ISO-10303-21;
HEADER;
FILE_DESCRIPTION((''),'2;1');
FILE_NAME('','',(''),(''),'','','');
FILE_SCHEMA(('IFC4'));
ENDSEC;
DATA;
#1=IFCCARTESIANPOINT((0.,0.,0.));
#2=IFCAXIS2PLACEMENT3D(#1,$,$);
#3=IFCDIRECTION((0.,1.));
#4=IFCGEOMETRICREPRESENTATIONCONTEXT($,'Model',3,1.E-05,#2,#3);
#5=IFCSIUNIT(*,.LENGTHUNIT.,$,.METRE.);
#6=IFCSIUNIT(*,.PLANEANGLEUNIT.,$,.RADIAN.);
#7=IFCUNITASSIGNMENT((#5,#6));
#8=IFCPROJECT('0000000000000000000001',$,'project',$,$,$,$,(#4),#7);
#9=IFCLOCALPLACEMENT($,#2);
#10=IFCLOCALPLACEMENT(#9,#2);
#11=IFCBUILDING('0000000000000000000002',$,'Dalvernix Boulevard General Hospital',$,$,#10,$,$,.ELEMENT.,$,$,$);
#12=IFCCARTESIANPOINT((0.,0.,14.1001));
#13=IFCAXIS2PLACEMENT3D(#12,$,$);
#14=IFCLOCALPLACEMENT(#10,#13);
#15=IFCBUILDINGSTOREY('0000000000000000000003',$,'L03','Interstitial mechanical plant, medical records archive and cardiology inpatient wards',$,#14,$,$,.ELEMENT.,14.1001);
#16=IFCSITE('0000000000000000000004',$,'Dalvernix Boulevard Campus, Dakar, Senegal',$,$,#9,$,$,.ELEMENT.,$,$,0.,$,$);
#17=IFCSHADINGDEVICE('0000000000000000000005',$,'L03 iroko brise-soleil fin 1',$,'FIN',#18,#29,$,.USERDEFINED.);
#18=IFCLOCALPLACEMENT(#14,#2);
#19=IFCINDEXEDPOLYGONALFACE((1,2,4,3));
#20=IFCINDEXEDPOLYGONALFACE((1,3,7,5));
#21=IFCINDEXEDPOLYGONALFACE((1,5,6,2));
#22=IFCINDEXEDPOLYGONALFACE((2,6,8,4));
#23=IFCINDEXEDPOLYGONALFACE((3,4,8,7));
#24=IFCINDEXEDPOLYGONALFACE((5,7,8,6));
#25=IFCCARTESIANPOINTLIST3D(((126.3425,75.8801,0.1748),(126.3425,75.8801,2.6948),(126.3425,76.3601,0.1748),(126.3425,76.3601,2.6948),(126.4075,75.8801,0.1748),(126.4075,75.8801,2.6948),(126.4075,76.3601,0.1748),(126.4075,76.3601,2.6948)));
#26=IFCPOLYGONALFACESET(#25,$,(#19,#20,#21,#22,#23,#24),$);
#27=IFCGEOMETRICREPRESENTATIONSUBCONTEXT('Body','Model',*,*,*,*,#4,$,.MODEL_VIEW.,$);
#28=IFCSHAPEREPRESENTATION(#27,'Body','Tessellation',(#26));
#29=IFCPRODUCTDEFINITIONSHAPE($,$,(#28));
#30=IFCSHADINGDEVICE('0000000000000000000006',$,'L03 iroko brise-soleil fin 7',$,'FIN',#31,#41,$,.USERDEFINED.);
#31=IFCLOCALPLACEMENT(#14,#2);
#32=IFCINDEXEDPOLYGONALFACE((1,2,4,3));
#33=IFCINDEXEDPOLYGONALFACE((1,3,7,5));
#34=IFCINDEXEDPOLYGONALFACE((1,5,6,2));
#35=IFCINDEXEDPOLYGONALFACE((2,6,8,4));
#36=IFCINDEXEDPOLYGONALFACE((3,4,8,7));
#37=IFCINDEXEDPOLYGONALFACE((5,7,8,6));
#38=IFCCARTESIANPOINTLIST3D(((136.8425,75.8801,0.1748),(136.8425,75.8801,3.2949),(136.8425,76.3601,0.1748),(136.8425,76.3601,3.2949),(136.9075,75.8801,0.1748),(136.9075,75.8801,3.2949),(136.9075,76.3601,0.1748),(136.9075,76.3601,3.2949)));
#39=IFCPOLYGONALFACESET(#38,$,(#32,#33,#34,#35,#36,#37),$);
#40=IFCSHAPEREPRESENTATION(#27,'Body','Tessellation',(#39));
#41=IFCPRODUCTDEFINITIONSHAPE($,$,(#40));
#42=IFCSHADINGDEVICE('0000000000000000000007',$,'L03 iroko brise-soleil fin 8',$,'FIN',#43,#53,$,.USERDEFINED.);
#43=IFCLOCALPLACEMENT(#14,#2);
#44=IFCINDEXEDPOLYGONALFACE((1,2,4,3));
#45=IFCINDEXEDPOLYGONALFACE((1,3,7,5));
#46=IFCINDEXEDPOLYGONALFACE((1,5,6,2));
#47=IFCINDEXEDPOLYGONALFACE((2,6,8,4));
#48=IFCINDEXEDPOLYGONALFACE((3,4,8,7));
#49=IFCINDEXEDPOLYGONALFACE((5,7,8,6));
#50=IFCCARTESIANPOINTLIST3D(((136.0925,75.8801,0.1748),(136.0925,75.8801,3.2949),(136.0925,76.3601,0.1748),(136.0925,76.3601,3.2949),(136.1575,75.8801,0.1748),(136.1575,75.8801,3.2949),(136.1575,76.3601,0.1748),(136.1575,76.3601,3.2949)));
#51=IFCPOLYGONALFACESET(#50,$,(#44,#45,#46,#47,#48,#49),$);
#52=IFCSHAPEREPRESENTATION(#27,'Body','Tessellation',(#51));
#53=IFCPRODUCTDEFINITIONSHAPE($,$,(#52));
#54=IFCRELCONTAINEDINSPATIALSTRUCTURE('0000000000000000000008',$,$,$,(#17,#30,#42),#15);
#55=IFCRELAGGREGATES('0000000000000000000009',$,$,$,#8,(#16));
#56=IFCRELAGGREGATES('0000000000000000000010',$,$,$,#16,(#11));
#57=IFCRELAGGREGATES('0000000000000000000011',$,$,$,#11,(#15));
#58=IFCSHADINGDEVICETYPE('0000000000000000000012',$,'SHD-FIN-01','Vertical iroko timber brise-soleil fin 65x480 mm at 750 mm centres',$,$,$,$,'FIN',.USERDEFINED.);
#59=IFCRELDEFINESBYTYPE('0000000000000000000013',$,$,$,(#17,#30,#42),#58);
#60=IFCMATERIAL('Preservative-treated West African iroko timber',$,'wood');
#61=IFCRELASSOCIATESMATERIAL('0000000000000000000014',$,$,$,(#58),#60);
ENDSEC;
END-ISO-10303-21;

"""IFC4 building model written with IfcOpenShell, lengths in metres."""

from ifc_helpers import new_model, si_unit, direction, frame, origin, origin_2d, place, context, subcontext, project, spatial, rectangle, extrude, material, type_object, element, save


model = new_model("IFC4")

# Units and contexts
model_context = context("Model", 3, precision=1e-05, world=origin(), true_north=direction((0.0, 1.0)))
body_context = subcontext(model_context, "Body", "Model", "MODEL_VIEW")
ifc_project = project(units=[si_unit("LENGTHUNIT", "METRE"), si_unit("PLANEANGLEUNIT", "RADIAN")], contexts=[model_context])

# Site, building, storey
site_placement = place(None, origin())
site = spatial("IfcSite", under=ifc_project, at=site_placement, Name="Dalvernix Boulevard Campus, Dakar, Senegal", CompositionType="ELEMENT", RefElevation=0.0)
building_placement = place(site_placement, origin())
building = spatial("IfcBuilding", under=site, at=building_placement, Name="Dalvernix Boulevard General Hospital", CompositionType="ELEMENT")
storey_placement = place(building_placement, frame((0.0, 0.0, 14.1001)))
storey = spatial("IfcBuildingStorey", under=building, at=storey_placement, Name="L03", Description="Interstitial mechanical plant, medical records archive and cardiology inpatient wards", CompositionType="ELEMENT", Elevation=14.1001)

# Shading devices
ifc_material_1 = material(Name="Preservative-treated West African iroko timber", Category="wood")
shading_device_type = type_object("IfcShadingDeviceType", Name="SHD-FIN-01", Description="Vertical iroko timber brise-soleil fin 65x480 mm at 750 mm centres", ElementType="FIN", PredefinedType="USERDEFINED", material=ifc_material_1)
shading_device_placement = place(storey_placement, frame((126.375, 76.1201, 0.1748), z_axis=(0.0, 0.0, 1.0), x_axis=(-1.0, 0.0, 0.0)))
element("IfcShadingDevice", 1, at=shading_device_placement, inside=storey, type_object=shading_device_type, Name="L03 iroko brise-soleil fin 1", ObjectType="FIN", PredefinedType="USERDEFINED", context=body_context, shape_type="SweptSolid", body=[
    extrude(rectangle(XDim=0.0649, YDim=0.48, at=origin_2d()), origin(), (0.0, 0.0, 1.0), 2.52),
])
for number, where, z_axis, x_axis, name in (
    (2, (136.875, 76.1201, 0.1748), (0.0, 0.0, 1.0), (-1.0, 0.0, 0.0), "L03 iroko brise-soleil fin 7"),
    (3, (136.125, 76.1201, 0.1748), (0.0, 0.0, 1.0), (-1.0, 0.0, 0.0), "L03 iroko brise-soleil fin 8"),
):
    element("IfcShadingDevice", number, at=place(storey_placement, frame(where, z_axis=z_axis, x_axis=x_axis)), inside=storey, type_object=shading_device_type, Name=name, ObjectType="FIN", PredefinedType="USERDEFINED", context=body_context, shape_type="SweptSolid", body=[
        extrude(rectangle(XDim=0.0649, YDim=0.48, at=origin_2d()), origin(), (0.0, 0.0, 1.0), 3.1201),
    ])

save(model, "model.ifc")
